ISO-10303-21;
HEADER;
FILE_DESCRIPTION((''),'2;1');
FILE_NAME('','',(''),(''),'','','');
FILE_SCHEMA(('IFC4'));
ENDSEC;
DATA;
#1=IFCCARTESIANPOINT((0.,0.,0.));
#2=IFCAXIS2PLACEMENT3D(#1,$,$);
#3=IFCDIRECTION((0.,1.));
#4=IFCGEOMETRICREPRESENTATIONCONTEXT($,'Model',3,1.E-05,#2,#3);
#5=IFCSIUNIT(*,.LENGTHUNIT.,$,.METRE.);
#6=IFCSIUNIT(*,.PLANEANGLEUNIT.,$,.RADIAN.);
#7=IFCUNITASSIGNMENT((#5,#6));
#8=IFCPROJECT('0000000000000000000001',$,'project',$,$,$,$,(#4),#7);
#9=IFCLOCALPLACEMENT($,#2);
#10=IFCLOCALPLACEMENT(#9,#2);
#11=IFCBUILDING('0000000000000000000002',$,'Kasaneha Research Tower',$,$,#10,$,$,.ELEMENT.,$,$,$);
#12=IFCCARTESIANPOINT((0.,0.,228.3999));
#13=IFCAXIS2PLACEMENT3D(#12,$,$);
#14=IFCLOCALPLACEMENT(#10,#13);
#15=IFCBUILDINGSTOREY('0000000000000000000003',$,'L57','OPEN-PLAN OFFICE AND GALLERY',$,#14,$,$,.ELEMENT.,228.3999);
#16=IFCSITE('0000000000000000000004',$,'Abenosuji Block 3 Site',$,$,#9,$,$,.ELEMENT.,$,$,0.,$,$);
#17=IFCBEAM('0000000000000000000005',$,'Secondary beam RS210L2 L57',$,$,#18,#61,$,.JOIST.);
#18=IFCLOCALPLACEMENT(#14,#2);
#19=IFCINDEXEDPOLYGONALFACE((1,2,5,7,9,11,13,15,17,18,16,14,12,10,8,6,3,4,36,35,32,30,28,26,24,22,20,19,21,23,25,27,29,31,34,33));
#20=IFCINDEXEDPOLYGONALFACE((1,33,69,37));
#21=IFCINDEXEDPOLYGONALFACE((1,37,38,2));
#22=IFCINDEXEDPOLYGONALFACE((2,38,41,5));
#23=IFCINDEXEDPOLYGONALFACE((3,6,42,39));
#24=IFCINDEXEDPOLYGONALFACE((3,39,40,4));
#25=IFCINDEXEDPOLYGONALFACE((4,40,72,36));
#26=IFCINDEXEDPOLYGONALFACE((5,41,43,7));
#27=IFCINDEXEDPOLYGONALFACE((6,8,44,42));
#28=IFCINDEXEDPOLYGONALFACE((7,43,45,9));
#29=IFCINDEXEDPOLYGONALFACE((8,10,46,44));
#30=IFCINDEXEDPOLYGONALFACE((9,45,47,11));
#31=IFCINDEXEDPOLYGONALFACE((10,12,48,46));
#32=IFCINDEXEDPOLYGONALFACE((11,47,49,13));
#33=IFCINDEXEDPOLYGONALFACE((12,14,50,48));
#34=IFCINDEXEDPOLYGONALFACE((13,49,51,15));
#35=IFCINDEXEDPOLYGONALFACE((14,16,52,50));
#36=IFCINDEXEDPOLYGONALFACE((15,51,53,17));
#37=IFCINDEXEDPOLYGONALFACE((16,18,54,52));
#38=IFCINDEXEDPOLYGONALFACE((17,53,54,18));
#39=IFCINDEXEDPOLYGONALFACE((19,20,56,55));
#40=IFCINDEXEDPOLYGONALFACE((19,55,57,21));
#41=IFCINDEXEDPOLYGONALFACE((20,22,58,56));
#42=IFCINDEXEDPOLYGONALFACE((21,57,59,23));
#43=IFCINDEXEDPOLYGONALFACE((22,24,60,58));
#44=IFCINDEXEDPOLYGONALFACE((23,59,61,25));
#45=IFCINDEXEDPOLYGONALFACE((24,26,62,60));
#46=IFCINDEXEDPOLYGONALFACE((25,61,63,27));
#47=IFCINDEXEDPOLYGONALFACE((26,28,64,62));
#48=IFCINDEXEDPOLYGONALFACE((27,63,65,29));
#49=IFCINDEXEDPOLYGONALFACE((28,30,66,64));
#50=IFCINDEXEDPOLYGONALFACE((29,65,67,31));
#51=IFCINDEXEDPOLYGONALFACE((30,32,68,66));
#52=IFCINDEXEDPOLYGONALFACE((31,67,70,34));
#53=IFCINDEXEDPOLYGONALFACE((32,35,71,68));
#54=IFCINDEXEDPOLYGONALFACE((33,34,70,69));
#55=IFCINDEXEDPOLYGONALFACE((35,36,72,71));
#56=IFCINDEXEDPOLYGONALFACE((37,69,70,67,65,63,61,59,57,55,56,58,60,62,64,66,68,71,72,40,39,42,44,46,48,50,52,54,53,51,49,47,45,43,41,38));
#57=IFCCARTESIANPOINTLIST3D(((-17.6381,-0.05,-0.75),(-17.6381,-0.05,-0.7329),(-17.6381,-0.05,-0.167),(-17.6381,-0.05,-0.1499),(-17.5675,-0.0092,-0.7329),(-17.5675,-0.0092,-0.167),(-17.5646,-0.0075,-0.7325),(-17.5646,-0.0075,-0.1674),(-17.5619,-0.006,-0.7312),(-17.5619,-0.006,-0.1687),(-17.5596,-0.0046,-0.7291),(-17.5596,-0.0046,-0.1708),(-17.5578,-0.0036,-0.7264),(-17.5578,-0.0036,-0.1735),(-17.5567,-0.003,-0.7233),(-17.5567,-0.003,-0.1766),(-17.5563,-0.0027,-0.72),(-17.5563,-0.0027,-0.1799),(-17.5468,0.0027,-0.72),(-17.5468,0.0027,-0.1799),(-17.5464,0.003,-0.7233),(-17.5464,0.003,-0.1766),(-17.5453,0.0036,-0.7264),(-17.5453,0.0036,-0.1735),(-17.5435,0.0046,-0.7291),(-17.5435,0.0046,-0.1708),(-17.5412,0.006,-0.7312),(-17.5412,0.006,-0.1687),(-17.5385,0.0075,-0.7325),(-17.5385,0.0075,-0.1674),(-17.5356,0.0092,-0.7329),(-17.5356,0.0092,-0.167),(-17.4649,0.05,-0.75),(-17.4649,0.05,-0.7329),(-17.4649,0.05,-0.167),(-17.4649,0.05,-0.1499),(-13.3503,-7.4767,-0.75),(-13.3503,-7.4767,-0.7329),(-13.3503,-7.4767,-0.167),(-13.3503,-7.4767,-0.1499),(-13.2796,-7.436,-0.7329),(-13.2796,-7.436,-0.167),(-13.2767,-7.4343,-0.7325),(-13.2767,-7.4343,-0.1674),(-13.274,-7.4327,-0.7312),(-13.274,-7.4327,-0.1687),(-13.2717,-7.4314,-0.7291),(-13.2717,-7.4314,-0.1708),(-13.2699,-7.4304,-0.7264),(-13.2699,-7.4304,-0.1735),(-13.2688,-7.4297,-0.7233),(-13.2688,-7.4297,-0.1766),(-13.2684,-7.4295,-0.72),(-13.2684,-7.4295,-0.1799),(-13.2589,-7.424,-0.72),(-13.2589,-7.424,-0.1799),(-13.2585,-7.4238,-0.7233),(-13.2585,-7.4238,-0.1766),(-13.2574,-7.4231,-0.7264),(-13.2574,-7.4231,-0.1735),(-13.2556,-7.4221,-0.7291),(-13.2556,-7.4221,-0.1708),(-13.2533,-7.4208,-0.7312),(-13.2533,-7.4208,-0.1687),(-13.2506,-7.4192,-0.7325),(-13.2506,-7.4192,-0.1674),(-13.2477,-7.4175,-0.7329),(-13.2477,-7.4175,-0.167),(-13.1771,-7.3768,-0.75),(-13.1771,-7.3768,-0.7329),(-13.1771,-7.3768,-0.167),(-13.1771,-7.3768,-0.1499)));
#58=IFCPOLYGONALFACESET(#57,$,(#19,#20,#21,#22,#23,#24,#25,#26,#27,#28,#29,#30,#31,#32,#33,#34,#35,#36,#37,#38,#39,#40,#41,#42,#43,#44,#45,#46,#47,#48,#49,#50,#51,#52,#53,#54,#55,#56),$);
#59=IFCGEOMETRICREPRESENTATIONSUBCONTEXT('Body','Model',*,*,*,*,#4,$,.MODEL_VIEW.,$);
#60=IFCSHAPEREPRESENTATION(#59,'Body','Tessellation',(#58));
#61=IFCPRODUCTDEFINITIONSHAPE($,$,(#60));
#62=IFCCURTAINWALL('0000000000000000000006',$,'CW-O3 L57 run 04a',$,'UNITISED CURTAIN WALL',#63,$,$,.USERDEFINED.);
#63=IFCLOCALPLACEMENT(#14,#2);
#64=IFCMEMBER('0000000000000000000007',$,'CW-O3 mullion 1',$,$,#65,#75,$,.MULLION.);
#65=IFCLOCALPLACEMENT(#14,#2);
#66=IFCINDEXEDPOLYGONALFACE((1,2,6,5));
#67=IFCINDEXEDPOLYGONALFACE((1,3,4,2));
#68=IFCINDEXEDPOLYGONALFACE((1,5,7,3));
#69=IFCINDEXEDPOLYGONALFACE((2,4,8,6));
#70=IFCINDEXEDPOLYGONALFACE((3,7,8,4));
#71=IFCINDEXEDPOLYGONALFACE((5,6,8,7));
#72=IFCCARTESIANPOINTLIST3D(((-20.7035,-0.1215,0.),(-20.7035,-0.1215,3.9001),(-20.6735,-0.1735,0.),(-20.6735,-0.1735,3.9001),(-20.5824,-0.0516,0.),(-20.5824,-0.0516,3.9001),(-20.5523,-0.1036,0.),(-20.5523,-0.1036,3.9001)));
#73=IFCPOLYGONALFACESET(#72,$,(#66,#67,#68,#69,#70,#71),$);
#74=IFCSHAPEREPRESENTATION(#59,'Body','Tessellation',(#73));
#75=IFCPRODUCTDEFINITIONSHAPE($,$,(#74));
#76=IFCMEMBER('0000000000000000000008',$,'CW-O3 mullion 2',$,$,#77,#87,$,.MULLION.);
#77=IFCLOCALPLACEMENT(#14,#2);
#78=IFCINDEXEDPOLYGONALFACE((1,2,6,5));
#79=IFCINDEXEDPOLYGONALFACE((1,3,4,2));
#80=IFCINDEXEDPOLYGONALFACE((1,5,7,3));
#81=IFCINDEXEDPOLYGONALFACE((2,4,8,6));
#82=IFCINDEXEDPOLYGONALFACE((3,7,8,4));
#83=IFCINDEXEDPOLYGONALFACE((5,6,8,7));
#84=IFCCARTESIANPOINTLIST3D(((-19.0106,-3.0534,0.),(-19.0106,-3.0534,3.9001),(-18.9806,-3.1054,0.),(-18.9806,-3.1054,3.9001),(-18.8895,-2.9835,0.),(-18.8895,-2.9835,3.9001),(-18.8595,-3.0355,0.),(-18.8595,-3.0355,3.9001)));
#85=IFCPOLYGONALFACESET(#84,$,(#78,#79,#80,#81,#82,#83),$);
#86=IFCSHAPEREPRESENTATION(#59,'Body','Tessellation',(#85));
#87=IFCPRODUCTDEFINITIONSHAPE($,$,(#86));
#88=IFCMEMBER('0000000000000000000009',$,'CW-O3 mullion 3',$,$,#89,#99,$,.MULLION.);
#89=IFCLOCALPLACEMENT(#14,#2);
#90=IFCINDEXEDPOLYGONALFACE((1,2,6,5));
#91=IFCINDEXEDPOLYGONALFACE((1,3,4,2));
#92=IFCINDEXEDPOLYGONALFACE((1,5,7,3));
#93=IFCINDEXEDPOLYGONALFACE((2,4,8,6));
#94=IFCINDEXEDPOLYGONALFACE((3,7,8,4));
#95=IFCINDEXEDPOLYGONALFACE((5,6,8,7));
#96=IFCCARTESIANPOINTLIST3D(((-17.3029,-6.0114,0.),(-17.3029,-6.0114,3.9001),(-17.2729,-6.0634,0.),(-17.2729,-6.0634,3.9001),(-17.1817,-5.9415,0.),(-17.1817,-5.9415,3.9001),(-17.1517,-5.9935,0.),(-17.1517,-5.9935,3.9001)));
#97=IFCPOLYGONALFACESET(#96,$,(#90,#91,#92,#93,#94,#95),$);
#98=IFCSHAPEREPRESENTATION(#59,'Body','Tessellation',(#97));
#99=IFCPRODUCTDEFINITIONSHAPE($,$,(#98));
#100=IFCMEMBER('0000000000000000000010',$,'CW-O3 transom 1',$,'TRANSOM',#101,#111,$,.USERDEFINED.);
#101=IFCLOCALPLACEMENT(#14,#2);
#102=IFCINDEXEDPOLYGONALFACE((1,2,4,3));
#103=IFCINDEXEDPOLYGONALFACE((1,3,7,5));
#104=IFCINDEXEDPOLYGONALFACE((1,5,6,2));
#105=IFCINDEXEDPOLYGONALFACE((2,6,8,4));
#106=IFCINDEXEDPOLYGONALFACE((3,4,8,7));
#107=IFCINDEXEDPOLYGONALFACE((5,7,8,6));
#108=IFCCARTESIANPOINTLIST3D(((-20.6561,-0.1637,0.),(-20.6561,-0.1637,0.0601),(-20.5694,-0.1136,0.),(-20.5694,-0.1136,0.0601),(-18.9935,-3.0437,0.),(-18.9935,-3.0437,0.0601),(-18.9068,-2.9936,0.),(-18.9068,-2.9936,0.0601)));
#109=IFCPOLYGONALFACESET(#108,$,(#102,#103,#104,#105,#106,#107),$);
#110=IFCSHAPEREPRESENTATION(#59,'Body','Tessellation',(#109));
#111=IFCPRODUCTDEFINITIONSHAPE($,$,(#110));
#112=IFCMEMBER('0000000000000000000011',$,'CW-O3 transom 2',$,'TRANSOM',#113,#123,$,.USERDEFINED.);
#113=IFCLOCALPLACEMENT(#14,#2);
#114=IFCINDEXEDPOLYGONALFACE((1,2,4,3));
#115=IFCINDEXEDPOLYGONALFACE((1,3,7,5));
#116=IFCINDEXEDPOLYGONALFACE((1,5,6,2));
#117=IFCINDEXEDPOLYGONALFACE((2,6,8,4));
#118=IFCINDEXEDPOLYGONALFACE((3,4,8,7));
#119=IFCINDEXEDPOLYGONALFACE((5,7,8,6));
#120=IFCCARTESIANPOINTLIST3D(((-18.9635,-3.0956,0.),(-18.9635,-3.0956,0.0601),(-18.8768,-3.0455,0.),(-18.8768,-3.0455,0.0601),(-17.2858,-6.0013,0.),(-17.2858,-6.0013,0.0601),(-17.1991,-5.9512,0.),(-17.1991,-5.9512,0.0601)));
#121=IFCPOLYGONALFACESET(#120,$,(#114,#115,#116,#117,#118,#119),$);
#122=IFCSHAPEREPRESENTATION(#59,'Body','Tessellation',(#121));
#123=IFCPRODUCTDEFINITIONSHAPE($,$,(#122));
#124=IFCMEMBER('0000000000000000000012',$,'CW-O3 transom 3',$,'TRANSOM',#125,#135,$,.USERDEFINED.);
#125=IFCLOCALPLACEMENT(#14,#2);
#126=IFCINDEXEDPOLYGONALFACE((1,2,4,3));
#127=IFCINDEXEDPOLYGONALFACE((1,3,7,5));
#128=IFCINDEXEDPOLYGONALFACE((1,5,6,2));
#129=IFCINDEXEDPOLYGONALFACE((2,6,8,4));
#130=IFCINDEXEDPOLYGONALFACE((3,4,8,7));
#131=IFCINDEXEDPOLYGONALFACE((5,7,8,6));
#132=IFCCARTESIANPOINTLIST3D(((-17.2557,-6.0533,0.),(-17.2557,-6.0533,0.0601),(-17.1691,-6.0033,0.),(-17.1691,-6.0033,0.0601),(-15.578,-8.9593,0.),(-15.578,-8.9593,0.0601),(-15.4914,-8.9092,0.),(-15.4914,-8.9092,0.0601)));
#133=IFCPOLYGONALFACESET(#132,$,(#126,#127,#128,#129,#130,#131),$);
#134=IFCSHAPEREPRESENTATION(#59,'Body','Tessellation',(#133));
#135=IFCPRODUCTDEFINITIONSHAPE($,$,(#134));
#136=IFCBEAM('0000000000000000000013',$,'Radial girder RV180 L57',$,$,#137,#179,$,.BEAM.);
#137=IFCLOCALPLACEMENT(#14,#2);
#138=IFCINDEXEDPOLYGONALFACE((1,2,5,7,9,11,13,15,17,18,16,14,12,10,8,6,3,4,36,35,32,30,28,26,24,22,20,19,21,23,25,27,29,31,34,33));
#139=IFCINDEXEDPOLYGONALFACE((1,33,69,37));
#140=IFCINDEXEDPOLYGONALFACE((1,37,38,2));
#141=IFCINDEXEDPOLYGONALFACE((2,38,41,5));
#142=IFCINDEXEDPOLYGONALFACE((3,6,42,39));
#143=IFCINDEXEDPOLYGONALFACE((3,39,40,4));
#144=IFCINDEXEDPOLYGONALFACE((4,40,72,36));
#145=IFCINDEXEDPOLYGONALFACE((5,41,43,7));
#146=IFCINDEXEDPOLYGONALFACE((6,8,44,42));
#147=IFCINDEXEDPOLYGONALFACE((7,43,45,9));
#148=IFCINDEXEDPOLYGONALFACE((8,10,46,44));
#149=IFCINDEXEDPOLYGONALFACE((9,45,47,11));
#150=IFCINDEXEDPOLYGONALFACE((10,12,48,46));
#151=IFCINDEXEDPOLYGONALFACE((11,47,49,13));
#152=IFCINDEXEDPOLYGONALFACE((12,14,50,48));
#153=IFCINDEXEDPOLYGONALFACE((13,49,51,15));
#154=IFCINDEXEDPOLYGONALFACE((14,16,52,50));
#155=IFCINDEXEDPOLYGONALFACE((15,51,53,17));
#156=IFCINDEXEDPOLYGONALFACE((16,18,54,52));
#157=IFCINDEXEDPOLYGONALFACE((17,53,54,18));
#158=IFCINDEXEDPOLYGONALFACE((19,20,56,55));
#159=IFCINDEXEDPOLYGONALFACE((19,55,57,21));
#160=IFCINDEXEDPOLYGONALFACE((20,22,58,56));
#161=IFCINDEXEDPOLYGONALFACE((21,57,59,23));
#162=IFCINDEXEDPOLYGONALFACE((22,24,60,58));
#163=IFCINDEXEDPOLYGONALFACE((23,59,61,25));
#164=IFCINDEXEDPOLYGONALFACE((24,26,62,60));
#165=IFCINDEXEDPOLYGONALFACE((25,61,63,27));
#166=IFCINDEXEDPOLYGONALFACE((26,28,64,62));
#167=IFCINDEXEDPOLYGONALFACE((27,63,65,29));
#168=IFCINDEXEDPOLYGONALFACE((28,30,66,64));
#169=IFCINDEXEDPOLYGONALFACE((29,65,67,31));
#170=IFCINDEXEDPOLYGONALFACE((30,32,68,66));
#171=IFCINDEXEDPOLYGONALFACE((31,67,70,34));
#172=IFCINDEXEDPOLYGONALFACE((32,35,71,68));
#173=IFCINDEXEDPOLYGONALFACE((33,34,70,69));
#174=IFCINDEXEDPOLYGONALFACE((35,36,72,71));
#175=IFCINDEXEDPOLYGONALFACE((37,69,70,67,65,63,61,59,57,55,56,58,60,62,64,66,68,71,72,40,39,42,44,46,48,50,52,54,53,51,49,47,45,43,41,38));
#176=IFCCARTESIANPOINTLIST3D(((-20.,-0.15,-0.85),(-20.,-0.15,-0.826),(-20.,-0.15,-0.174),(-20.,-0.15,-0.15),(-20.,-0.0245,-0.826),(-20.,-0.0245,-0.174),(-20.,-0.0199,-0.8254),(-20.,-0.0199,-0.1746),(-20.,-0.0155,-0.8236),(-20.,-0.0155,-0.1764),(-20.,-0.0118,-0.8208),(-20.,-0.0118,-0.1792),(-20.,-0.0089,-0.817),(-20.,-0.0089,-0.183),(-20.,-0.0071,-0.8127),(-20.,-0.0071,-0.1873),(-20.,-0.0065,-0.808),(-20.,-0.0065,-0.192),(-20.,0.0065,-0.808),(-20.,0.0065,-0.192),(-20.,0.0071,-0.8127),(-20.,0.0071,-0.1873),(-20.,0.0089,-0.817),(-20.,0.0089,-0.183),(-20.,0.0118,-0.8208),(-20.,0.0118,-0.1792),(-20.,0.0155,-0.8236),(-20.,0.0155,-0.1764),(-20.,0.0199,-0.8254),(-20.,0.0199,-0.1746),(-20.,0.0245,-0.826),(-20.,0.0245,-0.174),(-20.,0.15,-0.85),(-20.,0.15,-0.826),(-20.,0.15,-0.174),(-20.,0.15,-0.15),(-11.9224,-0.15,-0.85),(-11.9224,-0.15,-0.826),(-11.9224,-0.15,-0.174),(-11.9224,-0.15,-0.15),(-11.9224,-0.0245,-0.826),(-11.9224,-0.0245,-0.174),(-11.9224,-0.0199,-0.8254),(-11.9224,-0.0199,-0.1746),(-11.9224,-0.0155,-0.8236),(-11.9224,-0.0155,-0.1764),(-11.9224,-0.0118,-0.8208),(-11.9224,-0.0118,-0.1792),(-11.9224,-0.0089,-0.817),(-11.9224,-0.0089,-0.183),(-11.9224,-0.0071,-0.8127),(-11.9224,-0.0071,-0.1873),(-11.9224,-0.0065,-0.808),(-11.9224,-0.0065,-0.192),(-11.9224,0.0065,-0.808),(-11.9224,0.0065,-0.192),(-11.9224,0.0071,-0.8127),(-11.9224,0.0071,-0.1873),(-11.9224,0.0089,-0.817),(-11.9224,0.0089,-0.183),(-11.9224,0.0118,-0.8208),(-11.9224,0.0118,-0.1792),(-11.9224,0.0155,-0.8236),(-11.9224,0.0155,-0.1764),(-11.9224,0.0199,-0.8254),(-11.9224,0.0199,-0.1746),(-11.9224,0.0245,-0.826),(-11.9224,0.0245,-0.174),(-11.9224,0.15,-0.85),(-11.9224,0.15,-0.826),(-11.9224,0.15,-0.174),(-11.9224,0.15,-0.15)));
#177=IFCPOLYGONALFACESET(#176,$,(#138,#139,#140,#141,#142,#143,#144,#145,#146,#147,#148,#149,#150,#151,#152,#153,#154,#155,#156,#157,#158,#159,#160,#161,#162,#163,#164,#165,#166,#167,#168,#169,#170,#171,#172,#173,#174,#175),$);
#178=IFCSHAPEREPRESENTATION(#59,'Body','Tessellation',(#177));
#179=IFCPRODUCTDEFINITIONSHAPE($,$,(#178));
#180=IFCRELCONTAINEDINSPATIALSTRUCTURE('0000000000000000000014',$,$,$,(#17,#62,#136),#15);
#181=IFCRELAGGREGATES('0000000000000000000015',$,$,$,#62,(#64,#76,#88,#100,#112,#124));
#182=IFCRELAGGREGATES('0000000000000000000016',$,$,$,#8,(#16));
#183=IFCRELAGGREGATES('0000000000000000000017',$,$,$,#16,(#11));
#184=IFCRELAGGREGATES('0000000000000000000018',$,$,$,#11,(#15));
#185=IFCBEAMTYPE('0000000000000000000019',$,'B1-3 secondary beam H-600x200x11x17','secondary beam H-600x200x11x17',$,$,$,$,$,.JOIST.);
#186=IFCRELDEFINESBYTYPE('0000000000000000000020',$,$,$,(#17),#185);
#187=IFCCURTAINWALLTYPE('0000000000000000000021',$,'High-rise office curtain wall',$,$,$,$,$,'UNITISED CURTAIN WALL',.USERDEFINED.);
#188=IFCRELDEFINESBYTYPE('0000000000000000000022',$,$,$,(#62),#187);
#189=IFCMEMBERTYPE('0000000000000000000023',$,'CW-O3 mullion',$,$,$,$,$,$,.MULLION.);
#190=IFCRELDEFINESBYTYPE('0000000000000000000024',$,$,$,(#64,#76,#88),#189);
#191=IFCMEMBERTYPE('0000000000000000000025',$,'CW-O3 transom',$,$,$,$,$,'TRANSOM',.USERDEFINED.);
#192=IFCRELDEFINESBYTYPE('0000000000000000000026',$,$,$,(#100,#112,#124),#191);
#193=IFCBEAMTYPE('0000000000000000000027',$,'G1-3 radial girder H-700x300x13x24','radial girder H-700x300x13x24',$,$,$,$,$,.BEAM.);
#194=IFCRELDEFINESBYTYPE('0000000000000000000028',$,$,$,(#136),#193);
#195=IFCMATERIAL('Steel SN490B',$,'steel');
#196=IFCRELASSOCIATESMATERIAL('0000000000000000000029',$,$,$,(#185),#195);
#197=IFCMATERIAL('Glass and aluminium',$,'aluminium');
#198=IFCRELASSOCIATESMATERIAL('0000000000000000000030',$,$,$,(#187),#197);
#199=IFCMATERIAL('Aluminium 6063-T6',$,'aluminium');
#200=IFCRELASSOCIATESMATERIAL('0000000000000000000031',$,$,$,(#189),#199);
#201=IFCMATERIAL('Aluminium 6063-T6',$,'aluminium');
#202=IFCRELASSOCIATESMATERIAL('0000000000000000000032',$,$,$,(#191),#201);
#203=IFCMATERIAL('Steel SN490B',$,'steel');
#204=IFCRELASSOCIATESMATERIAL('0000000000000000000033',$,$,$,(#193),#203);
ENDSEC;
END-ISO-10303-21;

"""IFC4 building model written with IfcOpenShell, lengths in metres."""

from ifc_helpers import new_model, si_unit, direction, frame, origin, origin_2d, place, context, subcontext, project, spatial, rectangle, i_section, extrude, material, material_profile, profile_set, type_object, element, aggregate, save


model = new_model("IFC4")

# Units and contexts
model_context = context("Model", 3, precision=1e-05, world=origin(), true_north=direction((0.0, 1.0)))
body_context = subcontext(model_context, "Body", "Model", "MODEL_VIEW")
ifc_project = project(units=[si_unit("LENGTHUNIT", "METRE"), si_unit("PLANEANGLEUNIT", "RADIAN")], contexts=[model_context])

# Site, building, storey
site_placement = place(None, origin())
site = spatial("IfcSite", under=ifc_project, at=site_placement, Name="Abenosuji Block 3 Site", CompositionType="ELEMENT", RefElevation=0.0)
building_placement = place(site_placement, origin())
building = spatial("IfcBuilding", under=site, at=building_placement, Name="Kasaneha Research Tower", CompositionType="ELEMENT")
storey_placement = place(building_placement, frame((0.0, 0.0, 228.3999)))
storey = spatial("IfcBuildingStorey", under=building, at=storey_placement, Name="L57", Description="OPEN-PLAN OFFICE AND GALLERY", CompositionType="ELEMENT", Elevation=228.3999)

# Beam
ifc_material_1 = material(Name="Steel SN490B", Category="steel")
ifc_material_profile_1 = material_profile(ifc_material_1, i_section(OverallWidth=0.2, OverallDepth=0.6001, WebThickness=0.011, FlangeThickness=0.0171, FilletRadius=0.0129, at=origin_2d()), Name="H-600x200x11x17")
ifc_profile_set_1 = profile_set([ifc_material_profile_1], Name="Steel SN490B")
beam_type_1 = type_object("IfcBeamType", Name="B1-3 secondary beam H-600x200x11x17", Description="secondary beam H-600x200x11x17", PredefinedType="JOIST", material=ifc_profile_set_1)
beam_1_placement = place(storey_placement, frame((-17.5515, 0.0, -0.45), z_axis=(0.5, -0.866025, 0.0), x_axis=(0.866025, 0.5, 0.0)))
element("IfcBeam", 1, at=beam_1_placement, inside=storey, type_object=beam_type_1, Name="Secondary beam RS210L2 L57", PredefinedType="JOIST", context=body_context, shape_type="SweptSolid", body=[
    extrude(i_section(OverallWidth=0.2, OverallDepth=0.6001, WebThickness=0.011, FlangeThickness=0.0171, FilletRadius=0.0129, at=origin_2d()), origin(), (0.0, 0.0, 1.0), 8.5757),
])

# Curtain wall, members
ifc_material_2 = material(Name="Glass and aluminium", Category="aluminium")
curtain_wall_type = type_object("IfcCurtainWallType", Name="High-rise office curtain wall", ElementType="UNITISED CURTAIN WALL", PredefinedType="USERDEFINED", material=ifc_material_2)
curtain_wall_placement = place(storey_placement, origin())
curtain_wall = element("IfcCurtainWall", 2, at=curtain_wall_placement, inside=storey, type_object=curtain_wall_type, Name="CW-O3 L57 run 04a", ObjectType="UNITISED CURTAIN WALL", PredefinedType="USERDEFINED")
ifc_material_3 = material(Name="Aluminium 6063-T6", Category="aluminium")
ifc_material_profile_2 = material_profile(ifc_material_3, rectangle(XDim=0.0601, YDim=0.1399, at=origin_2d()), Name="CW-O3 mullion 60x140")
ifc_profile_set_2 = profile_set([ifc_material_profile_2], Name="Aluminium 6063-T6")
member_type_1 = type_object("IfcMemberType", Name="CW-O3 mullion", PredefinedType="MULLION", material=ifc_profile_set_2)
member_1_placement = place(storey_placement, frame((-20.6279, -0.1125, 0.0), z_axis=(0.0, 0.0, 1.0), x_axis=(0.5, -0.866025, 0.0)))
member_1 = element("IfcMember", 3, at=member_1_placement, type_object=member_type_1, Name="CW-O3 mullion 1", PredefinedType="MULLION", context=body_context, shape_type="SweptSolid", body=[
    extrude(rectangle(XDim=0.0601, YDim=0.1399, at=origin_2d()), origin(), (0.0, 0.0, 1.0), 3.9001),
])
member_2_placement = place(storey_placement, frame((-18.9351, -3.0444, 0.0), z_axis=(0.0, 0.0, 1.0), x_axis=(0.5, -0.866025, 0.0)))
member_2 = element("IfcMember", 4, at=member_2_placement, type_object=member_type_1, Name="CW-O3 mullion 2", PredefinedType="MULLION", context=body_context, shape_type="SweptSolid", body=[
    extrude(rectangle(XDim=0.0601, YDim=0.1399, at=origin_2d()), origin(), (0.0, 0.0, 1.0), 3.9001),
])
member_3_placement = place(storey_placement, frame((-17.2273, -6.0024, 0.0), z_axis=(0.0, 0.0, 1.0), x_axis=(0.5, -0.866025, 0.0)))
member_3 = element("IfcMember", 5, at=member_3_placement, type_object=member_type_1, Name="CW-O3 mullion 3", PredefinedType="MULLION", context=body_context, shape_type="SweptSolid", body=[
    extrude(rectangle(XDim=0.0601, YDim=0.1399, at=origin_2d()), origin(), (0.0, 0.0, 1.0), 3.9001),
])
ifc_material_4 = material(Name="Aluminium 6063-T6", Category="aluminium")
ifc_material_profile_3 = material_profile(ifc_material_4, rectangle(XDim=0.1001, YDim=0.0601, at=origin_2d()), Name="CW-O3 transom 100x60")
ifc_profile_set_3 = profile_set([ifc_material_profile_3], Name="Aluminium 6063-T6")
member_type_2 = type_object("IfcMemberType", Name="CW-O3 transom", ElementType="TRANSOM", PredefinedType="USERDEFINED", material=ifc_profile_set_3)
member_4_placement = place(storey_placement, frame((-20.6128, -0.1387, 0.03), z_axis=(0.499977, -0.866039, 0.0), x_axis=(0.866039, 0.499977, 0.0)))
member_4 = element("IfcMember", 6, at=member_4_placement, type_object=member_type_2, Name="CW-O3 transom 1", ObjectType="TRANSOM", PredefinedType="USERDEFINED", context=body_context, shape_type="SweptSolid", body=[
    extrude(rectangle(XDim=0.1001, YDim=0.0601, at=origin_2d()), origin(), (0.0, 0.0, 1.0), 3.3254),
])
member_5_placement = place(storey_placement, frame((-18.9202, -3.0706, 0.03), z_axis=(0.500021, -0.866014, 0.0), x_axis=(0.866014, 0.500021, 0.0)))
member_5 = element("IfcMember", 7, at=member_5_placement, type_object=member_type_2, Name="CW-O3 transom 2", ObjectType="TRANSOM", PredefinedType="USERDEFINED", context=body_context, shape_type="SweptSolid", body=[
    extrude(rectangle(XDim=0.1001, YDim=0.0601, at=origin_2d()), origin(), (0.0, 0.0, 1.0), 3.3552),
])
member_6_placement = place(storey_placement, frame((-17.2124, -6.0283, 0.03), z_axis=(0.499989, -0.866032, 0.0), x_axis=(0.866032, 0.499989, 0.0)))
member_6 = element("IfcMember", 8, at=member_6_placement, type_object=member_type_2, Name="CW-O3 transom 3", ObjectType="TRANSOM", PredefinedType="USERDEFINED", context=body_context, shape_type="SweptSolid", body=[
    extrude(rectangle(XDim=0.1001, YDim=0.0601, at=origin_2d()), origin(), (0.0, 0.0, 1.0), 3.3555),
])

# Beam
ifc_material_5 = material(Name="Steel SN490B", Category="steel")
ifc_material_profile_4 = material_profile(ifc_material_5, i_section(OverallWidth=0.3, OverallDepth=0.7, WebThickness=0.0129, FlangeThickness=0.0239, FilletRadius=0.0181, at=origin_2d()), Name="H-700x300x13x24")
ifc_profile_set_4 = profile_set([ifc_material_profile_4], Name="Steel SN490B")
beam_type_2 = type_object("IfcBeamType", Name="G1-3 radial girder H-700x300x13x24", Description="radial girder H-700x300x13x24", PredefinedType="BEAM", material=ifc_profile_set_4)
beam_2_placement = place(storey_placement, frame((-11.9224, 0.0, -0.5), z_axis=(-1.0, 0.0, 0.0), x_axis=(0.0, -1.0, 0.0)))
element("IfcBeam", 9, at=beam_2_placement, inside=storey, type_object=beam_type_2, Name="Radial girder RV180 L57", PredefinedType="BEAM", context=body_context, shape_type="SweptSolid", body=[
    extrude(i_section(OverallWidth=0.3, OverallDepth=0.7, WebThickness=0.0129, FlangeThickness=0.0239, FilletRadius=0.0181, at=origin_2d()), origin(), (0.0, 0.0, 1.0), 8.0776),
])

aggregate(curtain_wall, [member_1, member_2, member_3, member_4, member_5, member_6])

save(model, "model.ifc")
